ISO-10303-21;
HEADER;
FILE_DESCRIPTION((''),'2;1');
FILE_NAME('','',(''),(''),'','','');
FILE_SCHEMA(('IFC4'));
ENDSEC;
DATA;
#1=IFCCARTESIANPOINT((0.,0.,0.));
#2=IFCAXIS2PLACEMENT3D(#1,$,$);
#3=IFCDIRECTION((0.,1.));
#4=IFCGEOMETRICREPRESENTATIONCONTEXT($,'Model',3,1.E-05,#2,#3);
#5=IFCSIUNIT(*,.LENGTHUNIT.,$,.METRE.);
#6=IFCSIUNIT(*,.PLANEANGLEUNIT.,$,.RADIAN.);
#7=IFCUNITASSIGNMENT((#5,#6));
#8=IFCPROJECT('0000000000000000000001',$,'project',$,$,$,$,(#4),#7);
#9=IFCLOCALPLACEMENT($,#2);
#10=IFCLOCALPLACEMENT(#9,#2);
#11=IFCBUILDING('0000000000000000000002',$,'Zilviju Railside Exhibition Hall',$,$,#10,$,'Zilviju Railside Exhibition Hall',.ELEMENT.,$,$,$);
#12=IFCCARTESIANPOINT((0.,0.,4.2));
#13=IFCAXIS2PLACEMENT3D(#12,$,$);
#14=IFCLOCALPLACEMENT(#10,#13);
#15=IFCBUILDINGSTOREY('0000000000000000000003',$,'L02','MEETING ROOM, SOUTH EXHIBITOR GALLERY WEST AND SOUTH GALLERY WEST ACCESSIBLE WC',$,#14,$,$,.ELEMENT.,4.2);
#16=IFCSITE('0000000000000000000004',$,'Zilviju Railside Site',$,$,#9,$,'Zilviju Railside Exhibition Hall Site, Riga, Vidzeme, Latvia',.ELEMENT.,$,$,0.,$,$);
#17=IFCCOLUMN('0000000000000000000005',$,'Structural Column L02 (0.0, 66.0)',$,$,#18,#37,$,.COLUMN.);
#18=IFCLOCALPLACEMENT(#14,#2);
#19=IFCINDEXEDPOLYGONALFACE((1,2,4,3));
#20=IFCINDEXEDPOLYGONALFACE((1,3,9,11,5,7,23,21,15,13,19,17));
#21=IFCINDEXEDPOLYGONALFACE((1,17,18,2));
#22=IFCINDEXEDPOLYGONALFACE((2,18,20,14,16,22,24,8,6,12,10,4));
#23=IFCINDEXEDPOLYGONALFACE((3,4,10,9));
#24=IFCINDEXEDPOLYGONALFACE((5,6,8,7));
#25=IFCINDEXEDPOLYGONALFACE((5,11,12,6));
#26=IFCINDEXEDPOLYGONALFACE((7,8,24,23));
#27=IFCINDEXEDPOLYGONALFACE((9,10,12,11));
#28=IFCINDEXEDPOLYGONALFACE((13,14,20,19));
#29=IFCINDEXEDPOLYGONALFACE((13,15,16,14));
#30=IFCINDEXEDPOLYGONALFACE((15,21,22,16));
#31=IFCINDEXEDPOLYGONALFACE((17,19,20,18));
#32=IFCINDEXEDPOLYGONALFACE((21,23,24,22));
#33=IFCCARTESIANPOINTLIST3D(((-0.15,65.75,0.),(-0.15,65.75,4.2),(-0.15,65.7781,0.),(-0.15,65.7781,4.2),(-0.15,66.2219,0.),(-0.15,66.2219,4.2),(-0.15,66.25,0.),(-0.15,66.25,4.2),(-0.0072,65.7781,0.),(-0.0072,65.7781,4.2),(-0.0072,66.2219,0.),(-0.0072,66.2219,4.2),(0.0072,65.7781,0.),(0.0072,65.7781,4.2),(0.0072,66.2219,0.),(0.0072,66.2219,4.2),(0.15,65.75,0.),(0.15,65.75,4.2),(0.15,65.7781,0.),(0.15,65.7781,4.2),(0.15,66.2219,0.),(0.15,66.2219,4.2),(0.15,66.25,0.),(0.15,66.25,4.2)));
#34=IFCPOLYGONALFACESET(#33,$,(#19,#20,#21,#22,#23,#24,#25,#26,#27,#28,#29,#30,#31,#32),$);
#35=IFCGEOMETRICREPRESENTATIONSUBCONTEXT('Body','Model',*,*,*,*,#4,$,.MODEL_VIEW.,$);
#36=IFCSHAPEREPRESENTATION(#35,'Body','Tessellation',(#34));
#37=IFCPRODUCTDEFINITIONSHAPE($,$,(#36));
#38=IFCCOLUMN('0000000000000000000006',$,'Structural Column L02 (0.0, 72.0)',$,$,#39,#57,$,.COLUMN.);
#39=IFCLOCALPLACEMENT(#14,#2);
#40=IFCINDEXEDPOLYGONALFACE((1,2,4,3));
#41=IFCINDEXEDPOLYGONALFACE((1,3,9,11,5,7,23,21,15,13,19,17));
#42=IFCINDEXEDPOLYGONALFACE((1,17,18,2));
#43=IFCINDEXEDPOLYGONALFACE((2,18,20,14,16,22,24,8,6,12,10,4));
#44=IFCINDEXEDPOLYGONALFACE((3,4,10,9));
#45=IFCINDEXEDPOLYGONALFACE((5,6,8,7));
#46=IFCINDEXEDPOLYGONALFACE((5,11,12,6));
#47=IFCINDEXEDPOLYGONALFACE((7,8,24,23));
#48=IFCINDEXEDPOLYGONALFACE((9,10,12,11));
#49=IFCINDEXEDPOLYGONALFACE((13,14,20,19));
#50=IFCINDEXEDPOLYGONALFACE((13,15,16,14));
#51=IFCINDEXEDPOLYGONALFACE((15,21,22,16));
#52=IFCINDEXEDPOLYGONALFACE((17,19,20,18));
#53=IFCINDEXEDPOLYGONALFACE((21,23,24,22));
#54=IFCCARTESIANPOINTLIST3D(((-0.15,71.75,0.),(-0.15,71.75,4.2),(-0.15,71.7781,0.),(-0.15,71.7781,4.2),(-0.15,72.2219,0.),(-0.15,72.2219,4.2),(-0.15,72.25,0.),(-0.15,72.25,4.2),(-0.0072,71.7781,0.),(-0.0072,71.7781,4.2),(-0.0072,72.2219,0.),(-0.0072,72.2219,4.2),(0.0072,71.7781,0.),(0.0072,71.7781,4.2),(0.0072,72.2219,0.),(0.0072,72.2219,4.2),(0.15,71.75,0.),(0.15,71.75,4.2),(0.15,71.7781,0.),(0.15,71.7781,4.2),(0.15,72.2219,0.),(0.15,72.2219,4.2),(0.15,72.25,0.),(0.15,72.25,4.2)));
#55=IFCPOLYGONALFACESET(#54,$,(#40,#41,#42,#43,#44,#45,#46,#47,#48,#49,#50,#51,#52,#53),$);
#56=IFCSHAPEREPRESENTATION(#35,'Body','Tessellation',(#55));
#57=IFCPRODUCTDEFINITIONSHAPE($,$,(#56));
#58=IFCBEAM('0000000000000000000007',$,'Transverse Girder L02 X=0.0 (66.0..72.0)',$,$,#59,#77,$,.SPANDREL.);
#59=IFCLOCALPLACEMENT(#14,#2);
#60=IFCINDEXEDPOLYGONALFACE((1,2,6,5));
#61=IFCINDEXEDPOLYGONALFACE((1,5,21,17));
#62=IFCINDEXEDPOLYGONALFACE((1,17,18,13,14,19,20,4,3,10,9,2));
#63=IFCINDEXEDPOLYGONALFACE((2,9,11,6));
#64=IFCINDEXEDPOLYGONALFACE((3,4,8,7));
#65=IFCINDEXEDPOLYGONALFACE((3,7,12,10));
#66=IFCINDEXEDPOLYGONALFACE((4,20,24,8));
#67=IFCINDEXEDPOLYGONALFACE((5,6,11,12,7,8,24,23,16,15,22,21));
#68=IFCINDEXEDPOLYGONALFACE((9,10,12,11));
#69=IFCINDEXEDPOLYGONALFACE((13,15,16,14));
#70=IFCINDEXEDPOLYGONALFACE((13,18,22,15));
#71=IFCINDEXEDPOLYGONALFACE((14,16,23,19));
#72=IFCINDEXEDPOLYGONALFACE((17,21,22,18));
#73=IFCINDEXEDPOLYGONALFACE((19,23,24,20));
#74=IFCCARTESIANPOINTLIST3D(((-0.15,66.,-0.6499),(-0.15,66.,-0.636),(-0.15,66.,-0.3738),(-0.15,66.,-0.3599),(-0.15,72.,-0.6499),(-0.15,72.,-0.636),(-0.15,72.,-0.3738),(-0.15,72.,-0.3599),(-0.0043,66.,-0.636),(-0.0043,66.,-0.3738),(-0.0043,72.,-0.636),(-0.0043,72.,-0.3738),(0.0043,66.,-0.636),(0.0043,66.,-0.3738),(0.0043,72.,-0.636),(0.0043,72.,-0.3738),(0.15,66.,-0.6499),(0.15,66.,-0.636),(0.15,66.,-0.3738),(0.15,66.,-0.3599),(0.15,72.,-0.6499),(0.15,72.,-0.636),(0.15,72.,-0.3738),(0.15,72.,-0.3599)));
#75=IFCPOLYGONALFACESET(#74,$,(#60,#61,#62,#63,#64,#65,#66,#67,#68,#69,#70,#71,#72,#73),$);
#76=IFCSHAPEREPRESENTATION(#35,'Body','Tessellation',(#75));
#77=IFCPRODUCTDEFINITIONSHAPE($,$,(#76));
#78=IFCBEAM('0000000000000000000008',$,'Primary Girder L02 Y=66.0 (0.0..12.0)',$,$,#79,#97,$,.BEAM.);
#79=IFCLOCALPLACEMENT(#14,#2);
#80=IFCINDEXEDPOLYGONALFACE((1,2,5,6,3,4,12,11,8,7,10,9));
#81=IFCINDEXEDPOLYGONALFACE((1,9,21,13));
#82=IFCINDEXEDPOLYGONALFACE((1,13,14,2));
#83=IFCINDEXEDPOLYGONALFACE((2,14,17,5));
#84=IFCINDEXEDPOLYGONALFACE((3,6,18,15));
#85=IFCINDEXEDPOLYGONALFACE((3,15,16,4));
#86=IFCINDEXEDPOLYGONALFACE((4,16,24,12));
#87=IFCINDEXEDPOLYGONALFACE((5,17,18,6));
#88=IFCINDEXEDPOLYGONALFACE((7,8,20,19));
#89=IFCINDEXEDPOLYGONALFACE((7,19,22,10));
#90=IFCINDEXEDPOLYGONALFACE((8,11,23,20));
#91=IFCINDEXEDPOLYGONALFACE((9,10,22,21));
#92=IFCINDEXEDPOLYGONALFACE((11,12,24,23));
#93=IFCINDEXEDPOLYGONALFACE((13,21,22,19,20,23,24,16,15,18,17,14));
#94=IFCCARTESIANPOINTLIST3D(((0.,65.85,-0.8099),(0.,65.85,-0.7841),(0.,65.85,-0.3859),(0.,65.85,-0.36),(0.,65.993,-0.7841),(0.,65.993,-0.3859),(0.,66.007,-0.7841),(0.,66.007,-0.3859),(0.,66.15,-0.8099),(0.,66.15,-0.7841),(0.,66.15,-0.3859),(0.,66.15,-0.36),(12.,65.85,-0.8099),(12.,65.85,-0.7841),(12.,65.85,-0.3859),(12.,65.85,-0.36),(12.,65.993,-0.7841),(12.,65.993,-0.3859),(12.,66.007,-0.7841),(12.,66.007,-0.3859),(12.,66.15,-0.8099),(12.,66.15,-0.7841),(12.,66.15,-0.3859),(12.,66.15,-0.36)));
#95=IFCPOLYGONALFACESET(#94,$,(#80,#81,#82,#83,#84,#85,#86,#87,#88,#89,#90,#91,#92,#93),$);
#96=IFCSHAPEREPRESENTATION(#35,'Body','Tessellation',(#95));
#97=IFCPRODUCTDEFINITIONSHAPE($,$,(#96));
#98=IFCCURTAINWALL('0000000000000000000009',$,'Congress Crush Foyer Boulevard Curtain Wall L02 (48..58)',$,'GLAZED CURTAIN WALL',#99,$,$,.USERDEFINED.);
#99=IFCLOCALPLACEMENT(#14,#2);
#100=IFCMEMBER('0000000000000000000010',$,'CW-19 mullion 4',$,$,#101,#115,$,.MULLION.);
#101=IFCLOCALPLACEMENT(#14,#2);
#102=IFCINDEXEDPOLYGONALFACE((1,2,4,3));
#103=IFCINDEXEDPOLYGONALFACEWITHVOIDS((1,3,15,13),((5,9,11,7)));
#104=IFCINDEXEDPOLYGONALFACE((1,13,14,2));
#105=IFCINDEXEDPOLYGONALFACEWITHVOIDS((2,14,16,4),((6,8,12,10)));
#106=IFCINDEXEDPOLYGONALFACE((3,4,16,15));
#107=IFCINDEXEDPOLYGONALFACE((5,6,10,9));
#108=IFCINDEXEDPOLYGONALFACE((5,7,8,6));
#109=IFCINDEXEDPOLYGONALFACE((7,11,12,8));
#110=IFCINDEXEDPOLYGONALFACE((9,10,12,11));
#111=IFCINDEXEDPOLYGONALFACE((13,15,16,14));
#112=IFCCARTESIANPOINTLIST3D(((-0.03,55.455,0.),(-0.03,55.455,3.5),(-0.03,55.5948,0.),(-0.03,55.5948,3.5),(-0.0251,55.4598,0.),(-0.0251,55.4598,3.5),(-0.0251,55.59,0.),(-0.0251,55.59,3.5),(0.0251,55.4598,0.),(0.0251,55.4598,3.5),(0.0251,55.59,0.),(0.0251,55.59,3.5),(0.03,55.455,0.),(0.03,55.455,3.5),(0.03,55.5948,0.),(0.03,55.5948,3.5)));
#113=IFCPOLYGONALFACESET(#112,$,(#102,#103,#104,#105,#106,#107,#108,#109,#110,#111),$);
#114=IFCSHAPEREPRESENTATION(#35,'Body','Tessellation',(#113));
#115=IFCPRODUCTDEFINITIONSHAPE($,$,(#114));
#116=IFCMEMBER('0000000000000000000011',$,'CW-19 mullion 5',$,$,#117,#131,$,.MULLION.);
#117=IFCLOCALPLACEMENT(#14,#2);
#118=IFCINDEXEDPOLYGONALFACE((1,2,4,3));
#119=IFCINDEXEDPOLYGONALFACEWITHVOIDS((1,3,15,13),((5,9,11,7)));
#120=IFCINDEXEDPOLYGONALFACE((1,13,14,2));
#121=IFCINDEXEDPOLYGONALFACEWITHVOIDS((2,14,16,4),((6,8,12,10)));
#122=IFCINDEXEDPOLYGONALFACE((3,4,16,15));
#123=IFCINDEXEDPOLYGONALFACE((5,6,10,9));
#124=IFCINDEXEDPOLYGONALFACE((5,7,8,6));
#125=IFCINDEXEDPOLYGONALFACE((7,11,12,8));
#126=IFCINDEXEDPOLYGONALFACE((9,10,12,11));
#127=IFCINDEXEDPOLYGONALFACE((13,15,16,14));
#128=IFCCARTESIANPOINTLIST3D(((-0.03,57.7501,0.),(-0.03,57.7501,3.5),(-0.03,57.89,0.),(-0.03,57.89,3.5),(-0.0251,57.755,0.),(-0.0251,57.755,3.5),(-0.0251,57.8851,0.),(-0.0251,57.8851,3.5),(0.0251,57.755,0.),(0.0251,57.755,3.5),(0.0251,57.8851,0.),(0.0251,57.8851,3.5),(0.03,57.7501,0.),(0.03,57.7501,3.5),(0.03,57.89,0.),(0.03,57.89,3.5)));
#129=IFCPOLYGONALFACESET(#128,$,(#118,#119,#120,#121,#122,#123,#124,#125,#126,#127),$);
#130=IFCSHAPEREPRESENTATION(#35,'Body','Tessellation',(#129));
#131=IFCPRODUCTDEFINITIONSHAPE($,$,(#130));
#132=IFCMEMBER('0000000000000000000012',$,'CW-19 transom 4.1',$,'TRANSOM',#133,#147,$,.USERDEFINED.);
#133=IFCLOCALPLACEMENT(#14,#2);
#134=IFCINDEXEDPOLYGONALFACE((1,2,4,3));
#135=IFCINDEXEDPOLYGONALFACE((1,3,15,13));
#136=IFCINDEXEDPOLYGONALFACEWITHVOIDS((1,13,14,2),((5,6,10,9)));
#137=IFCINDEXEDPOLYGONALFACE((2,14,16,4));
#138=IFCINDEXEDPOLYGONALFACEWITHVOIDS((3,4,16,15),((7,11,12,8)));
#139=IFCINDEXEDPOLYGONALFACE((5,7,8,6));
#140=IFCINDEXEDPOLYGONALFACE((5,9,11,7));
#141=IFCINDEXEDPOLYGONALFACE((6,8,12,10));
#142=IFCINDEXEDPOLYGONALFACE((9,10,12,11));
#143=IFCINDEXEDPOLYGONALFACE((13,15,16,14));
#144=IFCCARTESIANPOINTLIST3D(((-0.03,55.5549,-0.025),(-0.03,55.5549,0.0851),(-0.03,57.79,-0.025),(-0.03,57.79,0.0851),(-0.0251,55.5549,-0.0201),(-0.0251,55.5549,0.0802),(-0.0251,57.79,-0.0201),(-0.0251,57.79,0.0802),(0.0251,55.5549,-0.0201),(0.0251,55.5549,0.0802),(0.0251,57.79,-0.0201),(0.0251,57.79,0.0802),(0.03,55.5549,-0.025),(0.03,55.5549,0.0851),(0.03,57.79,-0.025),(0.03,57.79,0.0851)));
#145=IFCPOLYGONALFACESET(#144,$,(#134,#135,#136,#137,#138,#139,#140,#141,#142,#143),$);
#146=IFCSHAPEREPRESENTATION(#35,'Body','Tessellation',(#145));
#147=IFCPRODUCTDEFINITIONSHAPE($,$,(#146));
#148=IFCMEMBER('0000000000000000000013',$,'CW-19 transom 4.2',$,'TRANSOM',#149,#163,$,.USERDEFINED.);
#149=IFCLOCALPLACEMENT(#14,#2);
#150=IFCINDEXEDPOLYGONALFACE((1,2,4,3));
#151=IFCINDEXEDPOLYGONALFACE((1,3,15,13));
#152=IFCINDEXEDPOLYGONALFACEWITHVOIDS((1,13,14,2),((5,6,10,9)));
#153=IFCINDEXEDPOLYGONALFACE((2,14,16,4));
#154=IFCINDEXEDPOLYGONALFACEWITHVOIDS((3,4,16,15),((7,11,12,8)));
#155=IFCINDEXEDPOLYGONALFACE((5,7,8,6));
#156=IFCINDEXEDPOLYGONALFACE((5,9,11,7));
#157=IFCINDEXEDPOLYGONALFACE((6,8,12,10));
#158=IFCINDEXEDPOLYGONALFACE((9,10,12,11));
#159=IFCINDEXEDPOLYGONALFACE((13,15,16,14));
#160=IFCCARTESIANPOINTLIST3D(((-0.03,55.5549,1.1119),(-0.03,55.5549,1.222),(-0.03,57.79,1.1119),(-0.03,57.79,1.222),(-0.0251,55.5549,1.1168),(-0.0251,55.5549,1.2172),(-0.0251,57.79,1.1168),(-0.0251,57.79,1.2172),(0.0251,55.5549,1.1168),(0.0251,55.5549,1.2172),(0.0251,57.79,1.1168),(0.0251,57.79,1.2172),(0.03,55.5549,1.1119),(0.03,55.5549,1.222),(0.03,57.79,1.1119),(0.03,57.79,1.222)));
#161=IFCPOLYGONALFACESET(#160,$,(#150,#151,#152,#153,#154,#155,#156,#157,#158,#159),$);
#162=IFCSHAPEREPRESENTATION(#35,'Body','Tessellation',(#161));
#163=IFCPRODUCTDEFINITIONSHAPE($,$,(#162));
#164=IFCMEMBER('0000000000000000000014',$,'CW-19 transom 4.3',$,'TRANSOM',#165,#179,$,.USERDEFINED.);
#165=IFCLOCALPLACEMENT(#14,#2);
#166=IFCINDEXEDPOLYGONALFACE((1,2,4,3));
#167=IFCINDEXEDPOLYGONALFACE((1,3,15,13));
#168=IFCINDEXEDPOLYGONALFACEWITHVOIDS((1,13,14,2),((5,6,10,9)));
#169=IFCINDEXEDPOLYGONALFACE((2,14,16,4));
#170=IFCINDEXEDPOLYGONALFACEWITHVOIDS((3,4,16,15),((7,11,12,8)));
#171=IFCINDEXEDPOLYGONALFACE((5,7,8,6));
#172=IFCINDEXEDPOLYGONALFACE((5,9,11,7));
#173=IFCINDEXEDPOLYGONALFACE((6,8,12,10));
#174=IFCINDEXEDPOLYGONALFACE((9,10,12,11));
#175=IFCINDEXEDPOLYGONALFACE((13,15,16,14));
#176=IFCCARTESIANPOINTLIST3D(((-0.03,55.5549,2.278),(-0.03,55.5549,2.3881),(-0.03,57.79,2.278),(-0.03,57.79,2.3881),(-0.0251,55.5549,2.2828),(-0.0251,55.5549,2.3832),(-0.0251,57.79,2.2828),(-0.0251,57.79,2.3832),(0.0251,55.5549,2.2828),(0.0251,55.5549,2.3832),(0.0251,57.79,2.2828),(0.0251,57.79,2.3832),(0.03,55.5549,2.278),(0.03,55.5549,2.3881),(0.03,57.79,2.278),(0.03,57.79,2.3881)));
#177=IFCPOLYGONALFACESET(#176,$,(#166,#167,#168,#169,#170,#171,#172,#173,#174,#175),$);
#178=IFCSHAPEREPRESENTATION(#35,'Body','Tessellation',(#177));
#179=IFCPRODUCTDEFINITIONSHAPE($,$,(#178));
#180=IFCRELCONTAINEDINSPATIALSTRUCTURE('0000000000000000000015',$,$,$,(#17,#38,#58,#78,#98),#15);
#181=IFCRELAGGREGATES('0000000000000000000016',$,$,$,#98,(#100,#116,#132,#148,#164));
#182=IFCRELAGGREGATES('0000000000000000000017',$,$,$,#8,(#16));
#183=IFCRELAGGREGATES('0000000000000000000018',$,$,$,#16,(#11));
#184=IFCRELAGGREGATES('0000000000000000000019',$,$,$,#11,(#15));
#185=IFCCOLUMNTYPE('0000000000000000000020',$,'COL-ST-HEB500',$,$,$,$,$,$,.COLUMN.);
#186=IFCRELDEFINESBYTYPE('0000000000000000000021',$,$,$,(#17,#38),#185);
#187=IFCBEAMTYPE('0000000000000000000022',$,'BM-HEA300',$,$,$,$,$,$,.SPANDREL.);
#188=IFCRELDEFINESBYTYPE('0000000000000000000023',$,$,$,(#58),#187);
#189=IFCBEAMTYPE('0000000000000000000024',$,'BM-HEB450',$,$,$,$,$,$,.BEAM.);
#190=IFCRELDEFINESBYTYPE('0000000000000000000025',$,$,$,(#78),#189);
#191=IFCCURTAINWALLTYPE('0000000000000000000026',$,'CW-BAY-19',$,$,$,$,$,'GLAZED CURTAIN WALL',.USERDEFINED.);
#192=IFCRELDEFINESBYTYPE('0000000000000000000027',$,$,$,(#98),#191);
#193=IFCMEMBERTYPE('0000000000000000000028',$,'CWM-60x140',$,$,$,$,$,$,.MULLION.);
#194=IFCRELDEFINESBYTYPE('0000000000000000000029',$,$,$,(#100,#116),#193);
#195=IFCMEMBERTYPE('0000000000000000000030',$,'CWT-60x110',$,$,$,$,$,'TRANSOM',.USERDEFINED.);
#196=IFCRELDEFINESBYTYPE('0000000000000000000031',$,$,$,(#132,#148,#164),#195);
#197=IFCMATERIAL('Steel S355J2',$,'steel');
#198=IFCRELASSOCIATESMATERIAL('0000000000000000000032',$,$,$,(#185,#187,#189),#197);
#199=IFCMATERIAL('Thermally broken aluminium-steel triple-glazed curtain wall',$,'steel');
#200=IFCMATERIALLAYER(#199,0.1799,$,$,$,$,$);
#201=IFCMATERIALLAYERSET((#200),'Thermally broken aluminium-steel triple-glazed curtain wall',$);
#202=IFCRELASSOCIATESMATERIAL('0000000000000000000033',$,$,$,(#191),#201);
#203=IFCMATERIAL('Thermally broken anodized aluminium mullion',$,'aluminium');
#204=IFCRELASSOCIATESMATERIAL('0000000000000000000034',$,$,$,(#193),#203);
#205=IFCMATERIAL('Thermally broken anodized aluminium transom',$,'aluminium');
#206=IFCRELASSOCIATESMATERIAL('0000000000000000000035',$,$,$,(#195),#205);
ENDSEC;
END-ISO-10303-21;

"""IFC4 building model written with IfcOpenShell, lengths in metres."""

from ifc_helpers import new_model, si_unit, direction, frame, origin, origin_2d, place, context, subcontext, project, spatial, hollow_rectangle, i_section, extrude, material, layer, layer_set, material_profile, profile_set, type_object, element, aggregate, save


model = new_model("IFC4")

# Units and contexts
model_context = context("Model", 3, precision=1e-05, world=origin(), true_north=direction((0.0, 1.0)))
body_context = subcontext(model_context, "Body", "Model", "MODEL_VIEW")
ifc_project = project(units=[si_unit("LENGTHUNIT", "METRE"), si_unit("PLANEANGLEUNIT", "RADIAN")], contexts=[model_context])

# Site, building, storey
site_placement = place(None, origin())
site = spatial("IfcSite", under=ifc_project, at=site_placement, Name="Zilviju Railside Site", LongName="Zilviju Railside Exhibition Hall Site, Riga, Vidzeme, Latvia", CompositionType="ELEMENT", RefElevation=0.0)
building_placement = place(site_placement, origin())
building = spatial("IfcBuilding", under=site, at=building_placement, Name="Zilviju Railside Exhibition Hall", LongName="Zilviju Railside Exhibition Hall", CompositionType="ELEMENT")
storey_placement = place(building_placement, frame((0.0, 0.0, 4.2)))
storey = spatial("IfcBuildingStorey", under=building, at=storey_placement, Name="L02", Description="MEETING ROOM, SOUTH EXHIBITOR GALLERY WEST AND SOUTH GALLERY WEST ACCESSIBLE WC", CompositionType="ELEMENT", Elevation=4.2)

# Columns
ifc_material_1 = material(Name="Steel S355J2", Category="steel")
ifc_material_profile_1 = material_profile(ifc_material_1, i_section(OverallWidth=0.3, OverallDepth=0.5, WebThickness=0.0144, FlangeThickness=0.0281, at=origin_2d()), Name="HEB 500")
ifc_profile_set_1 = profile_set([ifc_material_profile_1], Name="Steel S355J2")
column_type = type_object("IfcColumnType", Name="COL-ST-HEB500", PredefinedType="COLUMN", material=ifc_profile_set_1)
for number, where, z_axis, x_axis, name in (
    (1, (0.0, 66.0, 0.0), (0.0, 0.0, 1.0), (1.0, 0.0, 0.0), "Structural Column L02 (0.0, 66.0)"),
    (2, (0.0, 72.0, 0.0), (0.0, 0.0, 1.0), (1.0, 0.0, 0.0), "Structural Column L02 (0.0, 72.0)"),
):
    element("IfcColumn", number, at=place(storey_placement, frame(where, z_axis=z_axis, x_axis=x_axis)), inside=storey, type_object=column_type, Name=name, PredefinedType="COLUMN", context=body_context, shape_type="SweptSolid", body=[
        extrude(i_section(OverallWidth=0.3, OverallDepth=0.5, WebThickness=0.0144, FlangeThickness=0.0281, at=origin_2d()), origin(), (0.0, 0.0, 1.0), 4.2),
    ])

# Beams
ifc_material_profile_2 = material_profile(ifc_material_1, i_section(OverallWidth=0.3, OverallDepth=0.29, WebThickness=0.0085, FlangeThickness=0.0139, at=origin_2d()), Name="HEA 300")
ifc_profile_set_2 = profile_set([ifc_material_profile_2], Name="Steel S355J2")
beam_type_1 = type_object("IfcBeamType", Name="BM-HEA300", PredefinedType="SPANDREL", material=ifc_profile_set_2)
beam_1_placement = place(storey_placement, frame((0.0, 66.0, -0.5049), z_axis=(0.0, 1.0, 0.0), x_axis=(-1.0, 0.0, 0.0)))
element("IfcBeam", 3, at=beam_1_placement, inside=storey, type_object=beam_type_1, Name="Transverse Girder L02 X=0.0 (66.0..72.0)", PredefinedType="SPANDREL", context=body_context, shape_type="SweptSolid", body=[
    extrude(i_section(OverallWidth=0.3, OverallDepth=0.29, WebThickness=0.0085, FlangeThickness=0.0139, at=origin_2d()), origin(), (0.0, 0.0, 1.0), 6.0),
])
ifc_material_profile_3 = material_profile(ifc_material_1, i_section(OverallWidth=0.3, OverallDepth=0.45, WebThickness=0.0139, FlangeThickness=0.0259, at=origin_2d()), Name="HEB 450")
ifc_profile_set_3 = profile_set([ifc_material_profile_3], Name="Steel S355J2")
beam_type_2 = type_object("IfcBeamType", Name="BM-HEB450", PredefinedType="BEAM", material=ifc_profile_set_3)
beam_2_placement = place(storey_placement, frame((0.0, 66.0, -0.585), z_axis=(1.0, 0.0, 0.0), x_axis=(0.0, 1.0, 0.0)))
element("IfcBeam", 4, at=beam_2_placement, inside=storey, type_object=beam_type_2, Name="Primary Girder L02 Y=66.0 (0.0..12.0)", PredefinedType="BEAM", context=body_context, shape_type="SweptSolid", body=[
    extrude(i_section(OverallWidth=0.3, OverallDepth=0.45, WebThickness=0.0139, FlangeThickness=0.0259, at=origin_2d()), origin(), (0.0, 0.0, 1.0), 12.0),
])

# Curtain wall, members
ifc_material_2 = material(Name="Thermally broken aluminium-steel triple-glazed curtain wall", Category="steel")
ifc_layer_1 = layer(ifc_material_2, 0.1799)
ifc_layer_set_1 = layer_set([ifc_layer_1], Name="Thermally broken aluminium-steel triple-glazed curtain wall")
curtain_wall_type = type_object("IfcCurtainWallType", Name="CW-BAY-19", ElementType="GLAZED CURTAIN WALL", PredefinedType="USERDEFINED", material=ifc_layer_set_1)
curtain_wall_placement = place(storey_placement, origin())
curtain_wall = element("IfcCurtainWall", 5, at=curtain_wall_placement, inside=storey, type_object=curtain_wall_type, Name="Congress Crush Foyer Boulevard Curtain Wall L02 (48..58)", ObjectType="GLAZED CURTAIN WALL", PredefinedType="USERDEFINED")
ifc_material_3 = material(Name="Thermally broken anodized aluminium mullion", Category="aluminium")
ifc_material_profile_4 = material_profile(ifc_material_3, hollow_rectangle(XDim=0.0601, YDim=0.1399, WallThickness=0.0049, at=origin_2d()), Name="MULLION 140x60x5")
ifc_profile_set_4 = profile_set([ifc_material_profile_4], Name="Thermally broken anodized aluminium mullion")
member_type_1 = type_object("IfcMemberType", Name="CWM-60x140", PredefinedType="MULLION", material=ifc_profile_set_4)
member_1_placement = place(storey_placement, frame((0.0, 55.5249, 0.0), z_axis=(0.0, 0.0, 1.0), x_axis=(-1.0, 0.0, 0.0)))
member_1 = element("IfcMember", 6, at=member_1_placement, type_object=member_type_1, Name="CW-19 mullion 4", PredefinedType="MULLION", context=body_context, shape_type="SweptSolid", body=[
    extrude(hollow_rectangle(XDim=0.0601, YDim=0.1399, WallThickness=0.0049, at=origin_2d()), origin(), (0.0, 0.0, 1.0), 3.5),
])
member_2_placement = place(storey_placement, frame((0.0, 57.8201, 0.0), z_axis=(0.0, 0.0, 1.0), x_axis=(-1.0, 0.0, 0.0)))
member_2 = element("IfcMember", 7, at=member_2_placement, type_object=member_type_1, Name="CW-19 mullion 5", PredefinedType="MULLION", context=body_context, shape_type="SweptSolid", body=[
    extrude(hollow_rectangle(XDim=0.0601, YDim=0.1399, WallThickness=0.0049, at=origin_2d()), origin(), (0.0, 0.0, 1.0), 3.5),
])
ifc_material_4 = material(Name="Thermally broken anodized aluminium transom", Category="aluminium")
ifc_material_profile_5 = material_profile(ifc_material_4, hollow_rectangle(XDim=0.0601, YDim=0.1101, WallThickness=0.0049, at=origin_2d()), Name="TRANSOM 110x60x5")
ifc_profile_set_5 = profile_set([ifc_material_profile_5], Name="Thermally broken anodized aluminium transom")
member_type_2 = type_object("IfcMemberType", Name="CWT-60x110", ElementType="TRANSOM", PredefinedType="USERDEFINED", material=ifc_profile_set_5)
member_3_placement = place(storey_placement, frame((0.0, 55.5549, 0.03), z_axis=(0.0, 1.0, 0.0), x_axis=(-1.0, 0.0, 0.0)))
member_3 = element("IfcMember", 8, at=member_3_placement, type_object=member_type_2, Name="CW-19 transom 4.1", ObjectType="TRANSOM", PredefinedType="USERDEFINED", context=body_context, shape_type="SweptSolid", body=[
    extrude(hollow_rectangle(XDim=0.0601, YDim=0.1101, WallThickness=0.0049, at=origin_2d()), origin(), (0.0, 0.0, 1.0), 2.2351),
])
member_4_placement = place(storey_placement, frame((0.0, 55.5549, 1.167), z_axis=(0.0, 1.0, 0.0), x_axis=(-1.0, 0.0, 0.0)))
member_4 = element("IfcMember", 9, at=member_4_placement, type_object=member_type_2, Name="CW-19 transom 4.2", ObjectType="TRANSOM", PredefinedType="USERDEFINED", context=body_context, shape_type="SweptSolid", body=[
    extrude(hollow_rectangle(XDim=0.0601, YDim=0.1101, WallThickness=0.0049, at=origin_2d()), origin(), (0.0, 0.0, 1.0), 2.2351),
])
member_5_placement = place(storey_placement, frame((0.0, 55.5549, 2.333), z_axis=(0.0, 1.0, 0.0), x_axis=(-1.0, 0.0, 0.0)))
member_5 = element("IfcMember", 10, at=member_5_placement, type_object=member_type_2, Name="CW-19 transom 4.3", ObjectType="TRANSOM", PredefinedType="USERDEFINED", context=body_context, shape_type="SweptSolid", body=[
    extrude(hollow_rectangle(XDim=0.0601, YDim=0.1101, WallThickness=0.0049, at=origin_2d()), origin(), (0.0, 0.0, 1.0), 2.2351),
])
aggregate(curtain_wall, [member_1, member_2, member_3, member_4, member_5])

save(model, "model.ifc")
